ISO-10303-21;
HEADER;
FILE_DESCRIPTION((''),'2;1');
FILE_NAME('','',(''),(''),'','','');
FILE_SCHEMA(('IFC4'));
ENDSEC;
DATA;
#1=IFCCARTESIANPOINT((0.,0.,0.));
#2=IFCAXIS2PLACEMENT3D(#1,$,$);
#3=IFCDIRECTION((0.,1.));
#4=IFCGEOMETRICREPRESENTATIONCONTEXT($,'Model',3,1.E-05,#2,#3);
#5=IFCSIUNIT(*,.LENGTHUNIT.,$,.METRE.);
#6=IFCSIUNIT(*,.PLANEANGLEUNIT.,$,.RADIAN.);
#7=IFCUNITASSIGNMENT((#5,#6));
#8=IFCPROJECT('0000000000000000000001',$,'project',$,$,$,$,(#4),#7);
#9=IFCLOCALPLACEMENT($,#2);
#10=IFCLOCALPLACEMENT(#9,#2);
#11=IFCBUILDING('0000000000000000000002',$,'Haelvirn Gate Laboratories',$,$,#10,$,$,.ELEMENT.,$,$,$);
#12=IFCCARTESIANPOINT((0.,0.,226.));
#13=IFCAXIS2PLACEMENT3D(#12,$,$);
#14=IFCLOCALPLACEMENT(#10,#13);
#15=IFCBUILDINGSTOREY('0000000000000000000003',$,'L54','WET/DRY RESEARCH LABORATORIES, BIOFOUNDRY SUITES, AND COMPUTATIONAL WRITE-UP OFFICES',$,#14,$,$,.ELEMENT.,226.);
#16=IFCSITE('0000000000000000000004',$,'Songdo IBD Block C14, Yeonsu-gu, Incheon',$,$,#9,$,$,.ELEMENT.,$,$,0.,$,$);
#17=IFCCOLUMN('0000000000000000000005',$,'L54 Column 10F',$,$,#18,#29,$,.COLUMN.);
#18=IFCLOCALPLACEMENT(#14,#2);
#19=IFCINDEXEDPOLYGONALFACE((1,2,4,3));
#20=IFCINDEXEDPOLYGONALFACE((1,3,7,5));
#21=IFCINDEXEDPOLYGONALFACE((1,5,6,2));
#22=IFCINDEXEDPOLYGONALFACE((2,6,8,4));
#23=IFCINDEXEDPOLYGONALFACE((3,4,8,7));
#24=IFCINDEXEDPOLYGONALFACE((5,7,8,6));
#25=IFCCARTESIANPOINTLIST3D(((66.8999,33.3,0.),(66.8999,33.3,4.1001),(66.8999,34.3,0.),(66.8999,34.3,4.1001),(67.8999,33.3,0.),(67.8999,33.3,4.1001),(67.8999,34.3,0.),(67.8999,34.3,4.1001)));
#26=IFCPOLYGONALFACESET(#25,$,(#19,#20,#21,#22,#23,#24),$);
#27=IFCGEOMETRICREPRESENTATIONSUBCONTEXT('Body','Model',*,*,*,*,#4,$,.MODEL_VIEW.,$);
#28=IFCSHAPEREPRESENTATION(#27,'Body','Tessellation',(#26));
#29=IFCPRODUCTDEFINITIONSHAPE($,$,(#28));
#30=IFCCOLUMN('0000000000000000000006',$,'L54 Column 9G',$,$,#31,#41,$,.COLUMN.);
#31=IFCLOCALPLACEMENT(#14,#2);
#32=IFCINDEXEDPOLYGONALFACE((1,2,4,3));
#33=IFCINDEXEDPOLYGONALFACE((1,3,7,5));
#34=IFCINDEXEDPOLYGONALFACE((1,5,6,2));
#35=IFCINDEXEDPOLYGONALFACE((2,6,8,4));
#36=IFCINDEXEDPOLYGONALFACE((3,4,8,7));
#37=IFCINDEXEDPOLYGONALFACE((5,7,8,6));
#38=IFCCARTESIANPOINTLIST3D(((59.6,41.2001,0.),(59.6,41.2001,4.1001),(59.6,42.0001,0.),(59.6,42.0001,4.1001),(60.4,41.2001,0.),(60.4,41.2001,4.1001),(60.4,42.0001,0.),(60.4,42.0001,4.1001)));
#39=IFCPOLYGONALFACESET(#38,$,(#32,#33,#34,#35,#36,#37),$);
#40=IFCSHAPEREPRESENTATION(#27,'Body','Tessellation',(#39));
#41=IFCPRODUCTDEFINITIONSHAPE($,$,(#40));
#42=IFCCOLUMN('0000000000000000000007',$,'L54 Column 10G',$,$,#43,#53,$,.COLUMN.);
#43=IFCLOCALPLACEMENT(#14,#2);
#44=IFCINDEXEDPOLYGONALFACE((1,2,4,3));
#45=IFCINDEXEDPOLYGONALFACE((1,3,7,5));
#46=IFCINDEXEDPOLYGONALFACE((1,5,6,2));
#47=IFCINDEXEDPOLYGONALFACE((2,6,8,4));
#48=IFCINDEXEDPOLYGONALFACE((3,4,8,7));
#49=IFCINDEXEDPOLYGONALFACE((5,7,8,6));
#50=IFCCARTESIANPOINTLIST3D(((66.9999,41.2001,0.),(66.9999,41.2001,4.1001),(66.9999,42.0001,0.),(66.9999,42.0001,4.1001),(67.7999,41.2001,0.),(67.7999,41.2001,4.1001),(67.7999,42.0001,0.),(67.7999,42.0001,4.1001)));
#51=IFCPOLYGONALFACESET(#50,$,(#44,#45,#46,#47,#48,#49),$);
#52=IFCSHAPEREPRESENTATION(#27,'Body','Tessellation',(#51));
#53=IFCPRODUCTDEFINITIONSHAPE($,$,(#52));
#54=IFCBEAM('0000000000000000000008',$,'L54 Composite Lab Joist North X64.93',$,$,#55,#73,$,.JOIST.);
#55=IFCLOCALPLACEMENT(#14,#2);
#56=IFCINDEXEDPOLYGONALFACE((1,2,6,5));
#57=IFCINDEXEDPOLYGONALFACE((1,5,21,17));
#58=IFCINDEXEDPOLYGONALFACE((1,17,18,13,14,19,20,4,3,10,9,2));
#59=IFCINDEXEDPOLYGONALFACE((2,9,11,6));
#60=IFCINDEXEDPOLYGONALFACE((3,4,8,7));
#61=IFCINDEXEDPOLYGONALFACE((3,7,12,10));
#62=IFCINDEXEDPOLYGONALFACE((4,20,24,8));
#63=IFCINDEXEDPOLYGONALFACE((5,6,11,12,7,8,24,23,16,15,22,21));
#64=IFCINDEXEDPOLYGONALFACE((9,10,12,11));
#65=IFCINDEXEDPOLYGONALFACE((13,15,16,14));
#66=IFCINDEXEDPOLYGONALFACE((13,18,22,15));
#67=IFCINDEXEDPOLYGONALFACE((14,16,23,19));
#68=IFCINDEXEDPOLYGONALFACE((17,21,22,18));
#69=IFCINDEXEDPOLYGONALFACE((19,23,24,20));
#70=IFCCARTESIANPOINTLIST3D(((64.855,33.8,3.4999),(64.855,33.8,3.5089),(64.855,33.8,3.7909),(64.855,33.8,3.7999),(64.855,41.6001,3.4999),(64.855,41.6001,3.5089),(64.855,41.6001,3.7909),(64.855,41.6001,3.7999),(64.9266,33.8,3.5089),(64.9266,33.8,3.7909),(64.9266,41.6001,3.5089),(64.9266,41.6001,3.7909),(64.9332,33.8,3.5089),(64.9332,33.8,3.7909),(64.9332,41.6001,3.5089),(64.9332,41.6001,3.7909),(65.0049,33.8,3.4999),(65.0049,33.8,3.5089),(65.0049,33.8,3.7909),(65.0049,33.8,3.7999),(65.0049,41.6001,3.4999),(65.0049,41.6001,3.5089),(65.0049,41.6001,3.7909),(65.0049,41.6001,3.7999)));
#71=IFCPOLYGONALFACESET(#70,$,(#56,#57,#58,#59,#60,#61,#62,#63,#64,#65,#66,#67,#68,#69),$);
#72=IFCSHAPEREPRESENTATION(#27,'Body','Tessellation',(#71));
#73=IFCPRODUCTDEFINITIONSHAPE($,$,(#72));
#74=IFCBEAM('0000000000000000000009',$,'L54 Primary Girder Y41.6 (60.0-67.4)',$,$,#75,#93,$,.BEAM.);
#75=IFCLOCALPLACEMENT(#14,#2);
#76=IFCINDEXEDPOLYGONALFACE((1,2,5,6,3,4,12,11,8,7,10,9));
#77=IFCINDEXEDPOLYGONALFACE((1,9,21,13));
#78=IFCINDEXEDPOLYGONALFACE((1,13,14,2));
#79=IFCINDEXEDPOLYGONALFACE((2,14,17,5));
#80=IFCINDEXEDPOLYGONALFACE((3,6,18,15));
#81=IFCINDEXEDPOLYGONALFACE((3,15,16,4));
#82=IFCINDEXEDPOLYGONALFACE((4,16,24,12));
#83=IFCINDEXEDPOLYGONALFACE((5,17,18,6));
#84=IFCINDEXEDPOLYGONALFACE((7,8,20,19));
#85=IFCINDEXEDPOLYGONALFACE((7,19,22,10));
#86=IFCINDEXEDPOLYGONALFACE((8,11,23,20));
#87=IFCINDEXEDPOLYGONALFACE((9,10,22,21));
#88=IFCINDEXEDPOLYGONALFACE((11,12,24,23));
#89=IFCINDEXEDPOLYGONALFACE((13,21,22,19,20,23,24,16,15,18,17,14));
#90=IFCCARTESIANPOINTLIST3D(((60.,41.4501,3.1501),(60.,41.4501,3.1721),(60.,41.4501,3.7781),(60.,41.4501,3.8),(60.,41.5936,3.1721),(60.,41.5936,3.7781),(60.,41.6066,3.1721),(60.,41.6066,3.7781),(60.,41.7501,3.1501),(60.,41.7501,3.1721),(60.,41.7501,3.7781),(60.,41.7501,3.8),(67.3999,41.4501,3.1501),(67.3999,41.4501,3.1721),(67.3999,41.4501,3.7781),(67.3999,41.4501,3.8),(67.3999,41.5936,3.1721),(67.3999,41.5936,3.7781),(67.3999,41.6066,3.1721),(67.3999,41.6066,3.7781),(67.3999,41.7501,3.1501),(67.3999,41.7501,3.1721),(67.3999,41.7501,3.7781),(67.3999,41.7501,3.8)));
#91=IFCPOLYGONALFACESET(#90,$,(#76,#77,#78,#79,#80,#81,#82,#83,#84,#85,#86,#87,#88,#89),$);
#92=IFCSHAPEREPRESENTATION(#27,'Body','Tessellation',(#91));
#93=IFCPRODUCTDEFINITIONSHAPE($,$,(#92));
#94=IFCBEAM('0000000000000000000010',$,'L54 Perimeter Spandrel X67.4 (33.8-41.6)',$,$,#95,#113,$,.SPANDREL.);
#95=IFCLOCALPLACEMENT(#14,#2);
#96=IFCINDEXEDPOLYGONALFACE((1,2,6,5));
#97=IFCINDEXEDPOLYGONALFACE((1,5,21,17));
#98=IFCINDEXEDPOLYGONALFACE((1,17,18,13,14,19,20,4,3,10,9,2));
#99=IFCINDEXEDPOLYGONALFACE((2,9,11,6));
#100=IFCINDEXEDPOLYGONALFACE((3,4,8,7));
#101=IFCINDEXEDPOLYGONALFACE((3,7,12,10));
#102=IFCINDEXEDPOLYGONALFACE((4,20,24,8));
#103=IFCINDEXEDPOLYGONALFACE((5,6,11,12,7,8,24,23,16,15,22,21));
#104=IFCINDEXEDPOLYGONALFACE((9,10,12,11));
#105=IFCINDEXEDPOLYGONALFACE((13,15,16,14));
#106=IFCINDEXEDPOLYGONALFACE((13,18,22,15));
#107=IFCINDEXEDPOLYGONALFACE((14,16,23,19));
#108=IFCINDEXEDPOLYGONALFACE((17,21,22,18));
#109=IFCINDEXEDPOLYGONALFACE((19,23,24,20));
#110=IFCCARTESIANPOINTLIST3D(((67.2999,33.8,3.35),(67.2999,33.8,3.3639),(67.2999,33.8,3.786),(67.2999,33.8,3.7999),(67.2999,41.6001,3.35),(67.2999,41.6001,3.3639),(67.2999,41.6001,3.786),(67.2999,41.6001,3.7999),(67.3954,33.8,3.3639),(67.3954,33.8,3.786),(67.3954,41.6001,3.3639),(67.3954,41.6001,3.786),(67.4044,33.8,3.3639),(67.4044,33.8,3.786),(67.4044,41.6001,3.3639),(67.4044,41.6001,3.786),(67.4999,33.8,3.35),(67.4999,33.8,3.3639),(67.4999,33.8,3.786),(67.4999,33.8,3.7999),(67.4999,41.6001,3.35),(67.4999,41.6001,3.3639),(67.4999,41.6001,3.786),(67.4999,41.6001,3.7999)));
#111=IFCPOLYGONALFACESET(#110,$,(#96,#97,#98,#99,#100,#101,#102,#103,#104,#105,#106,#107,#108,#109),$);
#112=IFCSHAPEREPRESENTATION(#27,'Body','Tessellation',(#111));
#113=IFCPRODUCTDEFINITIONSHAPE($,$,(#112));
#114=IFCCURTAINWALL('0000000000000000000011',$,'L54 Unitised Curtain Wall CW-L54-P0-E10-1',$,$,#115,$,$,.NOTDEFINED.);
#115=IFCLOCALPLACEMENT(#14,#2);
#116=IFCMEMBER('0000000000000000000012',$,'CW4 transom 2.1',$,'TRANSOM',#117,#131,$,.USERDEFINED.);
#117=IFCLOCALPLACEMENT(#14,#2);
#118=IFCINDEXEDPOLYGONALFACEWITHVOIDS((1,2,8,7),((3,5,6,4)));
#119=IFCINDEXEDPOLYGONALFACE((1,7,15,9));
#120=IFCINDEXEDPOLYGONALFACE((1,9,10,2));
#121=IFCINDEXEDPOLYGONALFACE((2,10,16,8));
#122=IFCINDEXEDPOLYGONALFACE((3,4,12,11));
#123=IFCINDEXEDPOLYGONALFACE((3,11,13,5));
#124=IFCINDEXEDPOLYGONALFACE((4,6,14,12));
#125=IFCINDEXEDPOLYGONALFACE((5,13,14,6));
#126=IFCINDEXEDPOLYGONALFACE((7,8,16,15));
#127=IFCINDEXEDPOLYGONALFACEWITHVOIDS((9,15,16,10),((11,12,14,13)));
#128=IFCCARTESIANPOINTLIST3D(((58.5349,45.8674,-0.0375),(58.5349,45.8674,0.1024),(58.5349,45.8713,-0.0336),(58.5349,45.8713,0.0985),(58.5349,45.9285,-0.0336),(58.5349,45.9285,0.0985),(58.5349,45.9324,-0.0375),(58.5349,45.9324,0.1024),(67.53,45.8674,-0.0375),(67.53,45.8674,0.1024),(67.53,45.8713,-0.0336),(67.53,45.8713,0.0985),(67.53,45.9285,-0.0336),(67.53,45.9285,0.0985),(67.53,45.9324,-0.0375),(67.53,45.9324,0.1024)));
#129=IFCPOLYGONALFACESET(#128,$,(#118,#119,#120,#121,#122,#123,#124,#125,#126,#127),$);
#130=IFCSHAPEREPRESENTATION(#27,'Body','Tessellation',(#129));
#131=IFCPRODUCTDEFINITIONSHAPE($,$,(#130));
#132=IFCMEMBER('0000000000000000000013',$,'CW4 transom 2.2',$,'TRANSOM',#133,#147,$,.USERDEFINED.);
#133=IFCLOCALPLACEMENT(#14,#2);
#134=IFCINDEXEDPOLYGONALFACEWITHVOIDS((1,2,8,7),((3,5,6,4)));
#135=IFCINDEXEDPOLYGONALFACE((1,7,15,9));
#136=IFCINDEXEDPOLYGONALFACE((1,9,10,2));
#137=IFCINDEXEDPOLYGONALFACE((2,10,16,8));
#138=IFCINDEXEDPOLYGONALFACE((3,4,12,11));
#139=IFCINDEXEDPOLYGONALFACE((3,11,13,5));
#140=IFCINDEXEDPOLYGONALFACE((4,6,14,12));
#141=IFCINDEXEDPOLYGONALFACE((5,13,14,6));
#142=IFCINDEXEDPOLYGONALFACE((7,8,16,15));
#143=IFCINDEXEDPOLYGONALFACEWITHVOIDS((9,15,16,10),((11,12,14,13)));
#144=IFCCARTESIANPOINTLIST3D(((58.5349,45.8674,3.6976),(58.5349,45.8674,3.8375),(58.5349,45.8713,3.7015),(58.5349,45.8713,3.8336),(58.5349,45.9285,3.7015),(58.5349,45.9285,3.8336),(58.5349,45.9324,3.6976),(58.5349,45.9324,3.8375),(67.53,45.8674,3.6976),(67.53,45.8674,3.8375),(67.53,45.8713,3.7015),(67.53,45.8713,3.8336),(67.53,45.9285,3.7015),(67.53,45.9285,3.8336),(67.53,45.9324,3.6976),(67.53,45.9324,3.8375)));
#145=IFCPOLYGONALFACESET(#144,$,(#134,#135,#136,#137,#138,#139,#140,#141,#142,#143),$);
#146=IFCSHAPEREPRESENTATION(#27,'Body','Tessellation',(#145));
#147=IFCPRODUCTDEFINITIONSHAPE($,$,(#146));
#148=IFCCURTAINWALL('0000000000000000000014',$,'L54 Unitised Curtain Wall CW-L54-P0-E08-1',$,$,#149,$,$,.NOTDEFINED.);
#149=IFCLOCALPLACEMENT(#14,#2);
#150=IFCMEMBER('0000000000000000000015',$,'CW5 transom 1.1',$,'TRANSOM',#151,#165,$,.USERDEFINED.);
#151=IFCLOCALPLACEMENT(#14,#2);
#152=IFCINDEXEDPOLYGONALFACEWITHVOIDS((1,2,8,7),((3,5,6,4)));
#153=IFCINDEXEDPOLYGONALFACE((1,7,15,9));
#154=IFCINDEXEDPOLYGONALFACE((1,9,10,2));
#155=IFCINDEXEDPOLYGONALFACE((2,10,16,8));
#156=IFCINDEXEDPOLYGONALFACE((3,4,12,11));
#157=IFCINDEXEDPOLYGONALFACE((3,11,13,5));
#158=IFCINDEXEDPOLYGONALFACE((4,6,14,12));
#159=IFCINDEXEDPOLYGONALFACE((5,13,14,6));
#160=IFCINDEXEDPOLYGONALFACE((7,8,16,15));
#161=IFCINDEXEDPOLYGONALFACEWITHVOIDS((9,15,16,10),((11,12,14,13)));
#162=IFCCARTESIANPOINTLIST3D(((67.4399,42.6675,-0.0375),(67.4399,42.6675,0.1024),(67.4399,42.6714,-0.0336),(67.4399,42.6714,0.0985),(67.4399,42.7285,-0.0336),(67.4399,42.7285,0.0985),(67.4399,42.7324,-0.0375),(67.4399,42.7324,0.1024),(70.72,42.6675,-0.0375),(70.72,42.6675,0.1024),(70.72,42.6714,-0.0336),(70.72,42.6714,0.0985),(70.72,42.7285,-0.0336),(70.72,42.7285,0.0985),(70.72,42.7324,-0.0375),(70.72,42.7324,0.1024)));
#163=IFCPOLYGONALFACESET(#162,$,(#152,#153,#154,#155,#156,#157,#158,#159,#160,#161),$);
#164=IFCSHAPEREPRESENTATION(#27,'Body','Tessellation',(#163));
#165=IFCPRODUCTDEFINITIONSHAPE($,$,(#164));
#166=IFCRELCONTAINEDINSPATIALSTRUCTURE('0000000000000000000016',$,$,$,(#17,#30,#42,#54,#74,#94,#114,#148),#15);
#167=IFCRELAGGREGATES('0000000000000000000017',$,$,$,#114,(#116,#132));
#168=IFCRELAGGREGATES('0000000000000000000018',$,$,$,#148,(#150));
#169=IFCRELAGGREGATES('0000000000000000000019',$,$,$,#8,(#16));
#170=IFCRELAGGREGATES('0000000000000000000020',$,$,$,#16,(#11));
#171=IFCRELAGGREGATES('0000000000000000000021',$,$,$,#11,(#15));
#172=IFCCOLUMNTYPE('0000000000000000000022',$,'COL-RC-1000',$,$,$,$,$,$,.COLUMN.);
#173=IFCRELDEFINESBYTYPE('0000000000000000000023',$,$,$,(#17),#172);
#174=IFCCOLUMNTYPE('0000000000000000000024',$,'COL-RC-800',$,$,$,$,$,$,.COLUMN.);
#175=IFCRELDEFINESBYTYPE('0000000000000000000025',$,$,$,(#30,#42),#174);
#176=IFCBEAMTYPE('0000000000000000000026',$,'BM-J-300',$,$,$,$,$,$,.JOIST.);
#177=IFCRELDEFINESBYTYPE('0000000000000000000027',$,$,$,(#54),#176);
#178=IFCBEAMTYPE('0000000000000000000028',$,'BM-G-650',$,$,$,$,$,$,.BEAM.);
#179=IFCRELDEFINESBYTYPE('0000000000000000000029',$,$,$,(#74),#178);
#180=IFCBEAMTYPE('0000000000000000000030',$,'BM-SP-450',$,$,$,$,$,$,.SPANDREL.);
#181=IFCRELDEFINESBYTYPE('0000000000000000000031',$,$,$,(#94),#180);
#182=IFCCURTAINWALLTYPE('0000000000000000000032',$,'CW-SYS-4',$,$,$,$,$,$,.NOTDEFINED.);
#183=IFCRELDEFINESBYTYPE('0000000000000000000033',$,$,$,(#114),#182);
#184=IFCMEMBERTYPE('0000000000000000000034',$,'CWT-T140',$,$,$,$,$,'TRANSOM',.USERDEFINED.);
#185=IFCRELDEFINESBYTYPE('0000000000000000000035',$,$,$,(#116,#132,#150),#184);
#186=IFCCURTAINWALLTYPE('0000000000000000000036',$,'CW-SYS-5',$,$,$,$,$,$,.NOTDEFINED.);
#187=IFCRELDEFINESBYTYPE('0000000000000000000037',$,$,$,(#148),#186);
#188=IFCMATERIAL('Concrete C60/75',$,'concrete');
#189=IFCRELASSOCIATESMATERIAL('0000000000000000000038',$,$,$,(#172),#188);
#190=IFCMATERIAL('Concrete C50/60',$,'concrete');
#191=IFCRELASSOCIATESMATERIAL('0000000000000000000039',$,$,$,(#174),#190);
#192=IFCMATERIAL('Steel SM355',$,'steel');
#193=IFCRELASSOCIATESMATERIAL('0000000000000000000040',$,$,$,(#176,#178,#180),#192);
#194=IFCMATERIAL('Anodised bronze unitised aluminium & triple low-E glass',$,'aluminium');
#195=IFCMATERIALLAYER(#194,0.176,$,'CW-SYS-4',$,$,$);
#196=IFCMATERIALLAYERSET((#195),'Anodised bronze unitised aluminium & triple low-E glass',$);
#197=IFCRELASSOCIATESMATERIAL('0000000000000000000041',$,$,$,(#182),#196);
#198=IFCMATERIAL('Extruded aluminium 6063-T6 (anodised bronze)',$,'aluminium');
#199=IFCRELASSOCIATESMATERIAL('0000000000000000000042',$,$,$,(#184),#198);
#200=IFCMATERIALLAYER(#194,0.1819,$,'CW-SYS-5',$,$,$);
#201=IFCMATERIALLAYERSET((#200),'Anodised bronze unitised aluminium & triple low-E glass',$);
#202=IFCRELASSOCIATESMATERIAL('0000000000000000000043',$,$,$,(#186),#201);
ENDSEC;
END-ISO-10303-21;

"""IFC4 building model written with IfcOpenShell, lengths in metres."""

from ifc_helpers import new_model, si_unit, direction, frame, origin, origin_2d, place, context, subcontext, project, spatial, rectangle, hollow_rectangle, i_section, extrude, source, transform, mapped, material, layer, layer_set, material_profile, profile_set, type_object, type_shapes, element, aggregate, save


model = new_model("IFC4")

# Units and contexts
model_context = context("Model", 3, precision=1e-05, world=origin(), true_north=direction((0.0, 1.0)))
body_context = subcontext(model_context, "Body", "Model", "MODEL_VIEW")
ifc_project = project(units=[si_unit("LENGTHUNIT", "METRE"), si_unit("PLANEANGLEUNIT", "RADIAN")], contexts=[model_context])

# Site, building, storey
site_placement = place(None, origin())
site = spatial("IfcSite", under=ifc_project, at=site_placement, Name="Songdo IBD Block C14, Yeonsu-gu, Incheon", CompositionType="ELEMENT", RefElevation=0.0)
building_placement = place(site_placement, origin())
building = spatial("IfcBuilding", under=site, at=building_placement, Name="Haelvirn Gate Laboratories", CompositionType="ELEMENT")
storey_placement = place(building_placement, frame((0.0, 0.0, 226.0)))
storey = spatial("IfcBuildingStorey", under=building, at=storey_placement, Name="L54", Description="WET/DRY RESEARCH LABORATORIES, BIOFOUNDRY SUITES, AND COMPUTATIONAL WRITE-UP OFFICES", CompositionType="ELEMENT", Elevation=226.0)

# Columns
ifc_material_1 = material(Name="Concrete C60/75", Category="concrete")
ifc_material_profile_1 = material_profile(ifc_material_1, rectangle(XDim=1.0, YDim=1.0, at=origin_2d()), Name="RC-1000x1000")
ifc_profile_set_1 = profile_set([ifc_material_profile_1], Name="Concrete C60/75")
column_type_1 = type_object("IfcColumnType", Name="COL-RC-1000", PredefinedType="COLUMN", material=ifc_profile_set_1)
shared_shape_1 = source(origin(), body_context, "Body", "SweptSolid", [
    extrude(rectangle(XDim=1.0, YDim=1.0, at=origin_2d()), origin(), (0.0, 0.0, 1.0), 4.1001),
])
type_shapes(column_type_1, [shared_shape_1])
column_placement = place(storey_placement, frame((67.3999, 33.8, 0.0), z_axis=(0.0, 0.0, 1.0), x_axis=(1.0, 0.0, 0.0)))
element("IfcColumn", 1, at=column_placement, inside=storey, type_object=column_type_1, Name="L54 Column 10F", PredefinedType="COLUMN", context=body_context, shape_type="MappedRepresentation", body=[
    mapped(shared_shape_1, transform((0.0, 0.0, 0.0), scale=1.0)),
])
ifc_material_2 = material(Name="Concrete C50/60", Category="concrete")
ifc_material_profile_2 = material_profile(ifc_material_2, rectangle(XDim=0.8, YDim=0.8, at=origin_2d()), Name="RC-800x800")
ifc_profile_set_2 = profile_set([ifc_material_profile_2], Name="Concrete C50/60")
column_type_2 = type_object("IfcColumnType", Name="COL-RC-800", PredefinedType="COLUMN", material=ifc_profile_set_2)
shared_shape_2 = source(origin(), body_context, "Body", "SweptSolid", [
    extrude(rectangle(XDim=0.8, YDim=0.8, at=origin_2d()), origin(), (0.0, 0.0, 1.0), 4.1001),
])
type_shapes(column_type_2, [shared_shape_2])
for number, where, z_axis, x_axis, name in (
    (2, (60.0, 41.6001, 0.0), (0.0, 0.0, 1.0), (1.0, 0.0, 0.0), "L54 Column 9G"),
    (3, (67.3999, 41.6001, 0.0), (0.0, 0.0, 1.0), (1.0, 0.0, 0.0), "L54 Column 10G"),
):
    element("IfcColumn", number, at=place(storey_placement, frame(where, z_axis=z_axis, x_axis=x_axis)), inside=storey, type_object=column_type_2, Name=name, PredefinedType="COLUMN", context=body_context, shape_type="MappedRepresentation", body=[
        mapped(shared_shape_2, transform((0.0, 0.0, 0.0), scale=1.0)),
    ])

# Beams
ifc_material_3 = material(Name="Steel SM355", Category="steel")
ifc_material_profile_3 = material_profile(ifc_material_3, i_section(OverallWidth=0.1499, OverallDepth=0.3, WebThickness=0.0066, FlangeThickness=0.009, at=origin_2d()), Name="H-300x150x6.5x9")
ifc_profile_set_3 = profile_set([ifc_material_profile_3], Name="Steel SM355")
beam_type_1 = type_object("IfcBeamType", Name="BM-J-300", PredefinedType="JOIST", material=ifc_profile_set_3)
shared_shape_3 = source(origin(), body_context, "Body", "SweptSolid", [
    extrude(i_section(OverallWidth=0.1499, OverallDepth=0.3, WebThickness=0.0066, FlangeThickness=0.009, at=origin_2d()), origin(), (0.0, 0.0, 1.0), 7.8),
])
type_shapes(beam_type_1, [shared_shape_3])
beam_1_placement = place(storey_placement, frame((64.9299, 33.8, 3.6499), z_axis=(0.0, 1.0, 0.0), x_axis=(-1.0, 0.0, 0.0)))
element("IfcBeam", 4, at=beam_1_placement, inside=storey, type_object=beam_type_1, Name="L54 Composite Lab Joist North X64.93", PredefinedType="JOIST", context=body_context, shape_type="MappedRepresentation", body=[
    mapped(shared_shape_3, transform((0.0, 0.0, 0.0), scale=1.0)),
])
ifc_material_profile_4 = material_profile(ifc_material_3, i_section(OverallWidth=0.3, OverallDepth=0.6499, WebThickness=0.0129, FlangeThickness=0.022, at=origin_2d()), Name="H-650x300x13x22")
ifc_profile_set_4 = profile_set([ifc_material_profile_4], Name="Steel SM355")
beam_type_2 = type_object("IfcBeamType", Name="BM-G-650", PredefinedType="BEAM", material=ifc_profile_set_4)
shared_shape_4 = source(origin(), body_context, "Body", "SweptSolid", [
    extrude(i_section(OverallWidth=0.3, OverallDepth=0.6499, WebThickness=0.0129, FlangeThickness=0.022, at=origin_2d()), origin(), (0.0, 0.0, 1.0), 7.3999),
])
type_shapes(beam_type_2, [shared_shape_4])
beam_2_placement = place(storey_placement, frame((60.0, 41.6001, 3.4751), z_axis=(1.0, 0.0, 0.0), x_axis=(0.0, 1.0, 0.0)))
element("IfcBeam", 5, at=beam_2_placement, inside=storey, type_object=beam_type_2, Name="L54 Primary Girder Y41.6 (60.0-67.4)", PredefinedType="BEAM", context=body_context, shape_type="MappedRepresentation", body=[
    mapped(shared_shape_4, transform((0.0, 0.0, 0.0), scale=1.0)),
])
ifc_material_profile_5 = material_profile(ifc_material_3, i_section(OverallWidth=0.2, OverallDepth=0.45, WebThickness=0.009, FlangeThickness=0.0139, at=origin_2d()), Name="H-450x200x9x14")
ifc_profile_set_5 = profile_set([ifc_material_profile_5], Name="Steel SM355")
beam_type_3 = type_object("IfcBeamType", Name="BM-SP-450", PredefinedType="SPANDREL", material=ifc_profile_set_5)
shared_shape_5 = source(origin(), body_context, "Body", "SweptSolid", [
    extrude(i_section(OverallWidth=0.2, OverallDepth=0.45, WebThickness=0.009, FlangeThickness=0.0139, at=origin_2d()), origin(), (0.0, 0.0, 1.0), 7.8),
])
type_shapes(beam_type_3, [shared_shape_5])
beam_3_placement = place(storey_placement, frame((67.3999, 33.8, 3.575), z_axis=(0.0, 1.0, 0.0), x_axis=(-1.0, 0.0, 0.0)))
element("IfcBeam", 6, at=beam_3_placement, inside=storey, type_object=beam_type_3, Name="L54 Perimeter Spandrel X67.4 (33.8-41.6)", PredefinedType="SPANDREL", context=body_context, shape_type="MappedRepresentation", body=[
    mapped(shared_shape_5, transform((0.0, 0.0, 0.0), scale=1.0)),
])

# Curtain walls, members
ifc_material_4 = material(Name="Anodised bronze unitised aluminium & triple low-E glass", Category="aluminium")
ifc_layer_1 = layer(ifc_material_4, 0.176, Name="CW-SYS-4")
ifc_layer_set_1 = layer_set([ifc_layer_1], Name="Anodised bronze unitised aluminium & triple low-E glass")
curtain_wall_type_1 = type_object("IfcCurtainWallType", Name="CW-SYS-4", PredefinedType="NOTDEFINED", material=ifc_layer_set_1)
curtain_wall_1_placement = place(storey_placement, origin())
curtain_wall_1 = element("IfcCurtainWall", 7, at=curtain_wall_1_placement, inside=storey, type_object=curtain_wall_type_1, Name="L54 Unitised Curtain Wall CW-L54-P0-E10-1", PredefinedType="NOTDEFINED")
ifc_material_5 = material(Name="Extruded aluminium 6063-T6 (anodised bronze)", Category="aluminium")
ifc_material_profile_6 = material_profile(ifc_material_5, hollow_rectangle(XDim=0.0649, YDim=0.1399, WallThickness=0.0039, at=origin_2d()), Name="CWT-140x65x4")
ifc_profile_set_6 = profile_set([ifc_material_profile_6], Name="Extruded aluminium 6063-T6 (anodised bronze)")
member_type_1 = type_object("IfcMemberType", Name="CWT-T140", ElementType="TRANSOM", PredefinedType="USERDEFINED", material=ifc_profile_set_6)
shared_shape_6 = source(origin(), body_context, "Body", "SweptSolid", [
    extrude(hollow_rectangle(XDim=0.0649, YDim=0.1399, WallThickness=0.0039, at=origin_2d()), origin(), (0.0, 0.0, 1.0), 8.9951),
])
member_1_placement = place(storey_placement, frame((58.5349, 45.8999, 0.0325), z_axis=(1.0, 0.0, 0.0), x_axis=(0.0, 1.0, 0.0)))
member_1 = element("IfcMember", 8, at=member_1_placement, type_object=member_type_1, Name="CW4 transom 2.1", ObjectType="TRANSOM", PredefinedType="USERDEFINED", context=body_context, shape_type="MappedRepresentation", body=[
    mapped(shared_shape_6, transform((0.0, 0.0, 0.0), scale=1.0)),
])
member_2_placement = place(storey_placement, frame((58.5349, 45.8999, 3.7676), z_axis=(1.0, 0.0, 0.0), x_axis=(0.0, 1.0, 0.0)))
member_2 = element("IfcMember", 9, at=member_2_placement, type_object=member_type_1, Name="CW4 transom 2.2", ObjectType="TRANSOM", PredefinedType="USERDEFINED", context=body_context, shape_type="MappedRepresentation", body=[
    mapped(shared_shape_6, transform((0.0, 0.0, 0.0), scale=1.0)),
])
ifc_layer_2 = layer(ifc_material_4, 0.1819, Name="CW-SYS-5")
ifc_layer_set_2 = layer_set([ifc_layer_2], Name="Anodised bronze unitised aluminium & triple low-E glass")
curtain_wall_type_2 = type_object("IfcCurtainWallType", Name="CW-SYS-5", PredefinedType="NOTDEFINED", material=ifc_layer_set_2)
curtain_wall_2_placement = place(storey_placement, origin())
curtain_wall_2 = element("IfcCurtainWall", 10, at=curtain_wall_2_placement, inside=storey, type_object=curtain_wall_type_2, Name="L54 Unitised Curtain Wall CW-L54-P0-E08-1", PredefinedType="NOTDEFINED")
shared_shape_7 = source(origin(), body_context, "Body", "SweptSolid", [
    extrude(hollow_rectangle(XDim=0.0649, YDim=0.1399, WallThickness=0.0039, at=origin_2d()), origin(), (0.0, 0.0, 1.0), 3.28),
])
type_shapes(member_type_1, [shared_shape_6, shared_shape_7])
member_3_placement = place(storey_placement, frame((67.4399, 42.7, 0.0325), z_axis=(1.0, 0.0, 0.0), x_axis=(0.0, 1.0, 0.0)))
member_3 = element("IfcMember", 11, at=member_3_placement, type_object=member_type_1, Name="CW5 transom 1.1", ObjectType="TRANSOM", PredefinedType="USERDEFINED", context=body_context, shape_type="MappedRepresentation", body=[
    mapped(shared_shape_7, transform((0.0, 0.0, 0.0), scale=1.0)),
])

aggregate(curtain_wall_1, [member_1, member_2])
aggregate(curtain_wall_2, [member_3])

save(model, "model.ifc")
